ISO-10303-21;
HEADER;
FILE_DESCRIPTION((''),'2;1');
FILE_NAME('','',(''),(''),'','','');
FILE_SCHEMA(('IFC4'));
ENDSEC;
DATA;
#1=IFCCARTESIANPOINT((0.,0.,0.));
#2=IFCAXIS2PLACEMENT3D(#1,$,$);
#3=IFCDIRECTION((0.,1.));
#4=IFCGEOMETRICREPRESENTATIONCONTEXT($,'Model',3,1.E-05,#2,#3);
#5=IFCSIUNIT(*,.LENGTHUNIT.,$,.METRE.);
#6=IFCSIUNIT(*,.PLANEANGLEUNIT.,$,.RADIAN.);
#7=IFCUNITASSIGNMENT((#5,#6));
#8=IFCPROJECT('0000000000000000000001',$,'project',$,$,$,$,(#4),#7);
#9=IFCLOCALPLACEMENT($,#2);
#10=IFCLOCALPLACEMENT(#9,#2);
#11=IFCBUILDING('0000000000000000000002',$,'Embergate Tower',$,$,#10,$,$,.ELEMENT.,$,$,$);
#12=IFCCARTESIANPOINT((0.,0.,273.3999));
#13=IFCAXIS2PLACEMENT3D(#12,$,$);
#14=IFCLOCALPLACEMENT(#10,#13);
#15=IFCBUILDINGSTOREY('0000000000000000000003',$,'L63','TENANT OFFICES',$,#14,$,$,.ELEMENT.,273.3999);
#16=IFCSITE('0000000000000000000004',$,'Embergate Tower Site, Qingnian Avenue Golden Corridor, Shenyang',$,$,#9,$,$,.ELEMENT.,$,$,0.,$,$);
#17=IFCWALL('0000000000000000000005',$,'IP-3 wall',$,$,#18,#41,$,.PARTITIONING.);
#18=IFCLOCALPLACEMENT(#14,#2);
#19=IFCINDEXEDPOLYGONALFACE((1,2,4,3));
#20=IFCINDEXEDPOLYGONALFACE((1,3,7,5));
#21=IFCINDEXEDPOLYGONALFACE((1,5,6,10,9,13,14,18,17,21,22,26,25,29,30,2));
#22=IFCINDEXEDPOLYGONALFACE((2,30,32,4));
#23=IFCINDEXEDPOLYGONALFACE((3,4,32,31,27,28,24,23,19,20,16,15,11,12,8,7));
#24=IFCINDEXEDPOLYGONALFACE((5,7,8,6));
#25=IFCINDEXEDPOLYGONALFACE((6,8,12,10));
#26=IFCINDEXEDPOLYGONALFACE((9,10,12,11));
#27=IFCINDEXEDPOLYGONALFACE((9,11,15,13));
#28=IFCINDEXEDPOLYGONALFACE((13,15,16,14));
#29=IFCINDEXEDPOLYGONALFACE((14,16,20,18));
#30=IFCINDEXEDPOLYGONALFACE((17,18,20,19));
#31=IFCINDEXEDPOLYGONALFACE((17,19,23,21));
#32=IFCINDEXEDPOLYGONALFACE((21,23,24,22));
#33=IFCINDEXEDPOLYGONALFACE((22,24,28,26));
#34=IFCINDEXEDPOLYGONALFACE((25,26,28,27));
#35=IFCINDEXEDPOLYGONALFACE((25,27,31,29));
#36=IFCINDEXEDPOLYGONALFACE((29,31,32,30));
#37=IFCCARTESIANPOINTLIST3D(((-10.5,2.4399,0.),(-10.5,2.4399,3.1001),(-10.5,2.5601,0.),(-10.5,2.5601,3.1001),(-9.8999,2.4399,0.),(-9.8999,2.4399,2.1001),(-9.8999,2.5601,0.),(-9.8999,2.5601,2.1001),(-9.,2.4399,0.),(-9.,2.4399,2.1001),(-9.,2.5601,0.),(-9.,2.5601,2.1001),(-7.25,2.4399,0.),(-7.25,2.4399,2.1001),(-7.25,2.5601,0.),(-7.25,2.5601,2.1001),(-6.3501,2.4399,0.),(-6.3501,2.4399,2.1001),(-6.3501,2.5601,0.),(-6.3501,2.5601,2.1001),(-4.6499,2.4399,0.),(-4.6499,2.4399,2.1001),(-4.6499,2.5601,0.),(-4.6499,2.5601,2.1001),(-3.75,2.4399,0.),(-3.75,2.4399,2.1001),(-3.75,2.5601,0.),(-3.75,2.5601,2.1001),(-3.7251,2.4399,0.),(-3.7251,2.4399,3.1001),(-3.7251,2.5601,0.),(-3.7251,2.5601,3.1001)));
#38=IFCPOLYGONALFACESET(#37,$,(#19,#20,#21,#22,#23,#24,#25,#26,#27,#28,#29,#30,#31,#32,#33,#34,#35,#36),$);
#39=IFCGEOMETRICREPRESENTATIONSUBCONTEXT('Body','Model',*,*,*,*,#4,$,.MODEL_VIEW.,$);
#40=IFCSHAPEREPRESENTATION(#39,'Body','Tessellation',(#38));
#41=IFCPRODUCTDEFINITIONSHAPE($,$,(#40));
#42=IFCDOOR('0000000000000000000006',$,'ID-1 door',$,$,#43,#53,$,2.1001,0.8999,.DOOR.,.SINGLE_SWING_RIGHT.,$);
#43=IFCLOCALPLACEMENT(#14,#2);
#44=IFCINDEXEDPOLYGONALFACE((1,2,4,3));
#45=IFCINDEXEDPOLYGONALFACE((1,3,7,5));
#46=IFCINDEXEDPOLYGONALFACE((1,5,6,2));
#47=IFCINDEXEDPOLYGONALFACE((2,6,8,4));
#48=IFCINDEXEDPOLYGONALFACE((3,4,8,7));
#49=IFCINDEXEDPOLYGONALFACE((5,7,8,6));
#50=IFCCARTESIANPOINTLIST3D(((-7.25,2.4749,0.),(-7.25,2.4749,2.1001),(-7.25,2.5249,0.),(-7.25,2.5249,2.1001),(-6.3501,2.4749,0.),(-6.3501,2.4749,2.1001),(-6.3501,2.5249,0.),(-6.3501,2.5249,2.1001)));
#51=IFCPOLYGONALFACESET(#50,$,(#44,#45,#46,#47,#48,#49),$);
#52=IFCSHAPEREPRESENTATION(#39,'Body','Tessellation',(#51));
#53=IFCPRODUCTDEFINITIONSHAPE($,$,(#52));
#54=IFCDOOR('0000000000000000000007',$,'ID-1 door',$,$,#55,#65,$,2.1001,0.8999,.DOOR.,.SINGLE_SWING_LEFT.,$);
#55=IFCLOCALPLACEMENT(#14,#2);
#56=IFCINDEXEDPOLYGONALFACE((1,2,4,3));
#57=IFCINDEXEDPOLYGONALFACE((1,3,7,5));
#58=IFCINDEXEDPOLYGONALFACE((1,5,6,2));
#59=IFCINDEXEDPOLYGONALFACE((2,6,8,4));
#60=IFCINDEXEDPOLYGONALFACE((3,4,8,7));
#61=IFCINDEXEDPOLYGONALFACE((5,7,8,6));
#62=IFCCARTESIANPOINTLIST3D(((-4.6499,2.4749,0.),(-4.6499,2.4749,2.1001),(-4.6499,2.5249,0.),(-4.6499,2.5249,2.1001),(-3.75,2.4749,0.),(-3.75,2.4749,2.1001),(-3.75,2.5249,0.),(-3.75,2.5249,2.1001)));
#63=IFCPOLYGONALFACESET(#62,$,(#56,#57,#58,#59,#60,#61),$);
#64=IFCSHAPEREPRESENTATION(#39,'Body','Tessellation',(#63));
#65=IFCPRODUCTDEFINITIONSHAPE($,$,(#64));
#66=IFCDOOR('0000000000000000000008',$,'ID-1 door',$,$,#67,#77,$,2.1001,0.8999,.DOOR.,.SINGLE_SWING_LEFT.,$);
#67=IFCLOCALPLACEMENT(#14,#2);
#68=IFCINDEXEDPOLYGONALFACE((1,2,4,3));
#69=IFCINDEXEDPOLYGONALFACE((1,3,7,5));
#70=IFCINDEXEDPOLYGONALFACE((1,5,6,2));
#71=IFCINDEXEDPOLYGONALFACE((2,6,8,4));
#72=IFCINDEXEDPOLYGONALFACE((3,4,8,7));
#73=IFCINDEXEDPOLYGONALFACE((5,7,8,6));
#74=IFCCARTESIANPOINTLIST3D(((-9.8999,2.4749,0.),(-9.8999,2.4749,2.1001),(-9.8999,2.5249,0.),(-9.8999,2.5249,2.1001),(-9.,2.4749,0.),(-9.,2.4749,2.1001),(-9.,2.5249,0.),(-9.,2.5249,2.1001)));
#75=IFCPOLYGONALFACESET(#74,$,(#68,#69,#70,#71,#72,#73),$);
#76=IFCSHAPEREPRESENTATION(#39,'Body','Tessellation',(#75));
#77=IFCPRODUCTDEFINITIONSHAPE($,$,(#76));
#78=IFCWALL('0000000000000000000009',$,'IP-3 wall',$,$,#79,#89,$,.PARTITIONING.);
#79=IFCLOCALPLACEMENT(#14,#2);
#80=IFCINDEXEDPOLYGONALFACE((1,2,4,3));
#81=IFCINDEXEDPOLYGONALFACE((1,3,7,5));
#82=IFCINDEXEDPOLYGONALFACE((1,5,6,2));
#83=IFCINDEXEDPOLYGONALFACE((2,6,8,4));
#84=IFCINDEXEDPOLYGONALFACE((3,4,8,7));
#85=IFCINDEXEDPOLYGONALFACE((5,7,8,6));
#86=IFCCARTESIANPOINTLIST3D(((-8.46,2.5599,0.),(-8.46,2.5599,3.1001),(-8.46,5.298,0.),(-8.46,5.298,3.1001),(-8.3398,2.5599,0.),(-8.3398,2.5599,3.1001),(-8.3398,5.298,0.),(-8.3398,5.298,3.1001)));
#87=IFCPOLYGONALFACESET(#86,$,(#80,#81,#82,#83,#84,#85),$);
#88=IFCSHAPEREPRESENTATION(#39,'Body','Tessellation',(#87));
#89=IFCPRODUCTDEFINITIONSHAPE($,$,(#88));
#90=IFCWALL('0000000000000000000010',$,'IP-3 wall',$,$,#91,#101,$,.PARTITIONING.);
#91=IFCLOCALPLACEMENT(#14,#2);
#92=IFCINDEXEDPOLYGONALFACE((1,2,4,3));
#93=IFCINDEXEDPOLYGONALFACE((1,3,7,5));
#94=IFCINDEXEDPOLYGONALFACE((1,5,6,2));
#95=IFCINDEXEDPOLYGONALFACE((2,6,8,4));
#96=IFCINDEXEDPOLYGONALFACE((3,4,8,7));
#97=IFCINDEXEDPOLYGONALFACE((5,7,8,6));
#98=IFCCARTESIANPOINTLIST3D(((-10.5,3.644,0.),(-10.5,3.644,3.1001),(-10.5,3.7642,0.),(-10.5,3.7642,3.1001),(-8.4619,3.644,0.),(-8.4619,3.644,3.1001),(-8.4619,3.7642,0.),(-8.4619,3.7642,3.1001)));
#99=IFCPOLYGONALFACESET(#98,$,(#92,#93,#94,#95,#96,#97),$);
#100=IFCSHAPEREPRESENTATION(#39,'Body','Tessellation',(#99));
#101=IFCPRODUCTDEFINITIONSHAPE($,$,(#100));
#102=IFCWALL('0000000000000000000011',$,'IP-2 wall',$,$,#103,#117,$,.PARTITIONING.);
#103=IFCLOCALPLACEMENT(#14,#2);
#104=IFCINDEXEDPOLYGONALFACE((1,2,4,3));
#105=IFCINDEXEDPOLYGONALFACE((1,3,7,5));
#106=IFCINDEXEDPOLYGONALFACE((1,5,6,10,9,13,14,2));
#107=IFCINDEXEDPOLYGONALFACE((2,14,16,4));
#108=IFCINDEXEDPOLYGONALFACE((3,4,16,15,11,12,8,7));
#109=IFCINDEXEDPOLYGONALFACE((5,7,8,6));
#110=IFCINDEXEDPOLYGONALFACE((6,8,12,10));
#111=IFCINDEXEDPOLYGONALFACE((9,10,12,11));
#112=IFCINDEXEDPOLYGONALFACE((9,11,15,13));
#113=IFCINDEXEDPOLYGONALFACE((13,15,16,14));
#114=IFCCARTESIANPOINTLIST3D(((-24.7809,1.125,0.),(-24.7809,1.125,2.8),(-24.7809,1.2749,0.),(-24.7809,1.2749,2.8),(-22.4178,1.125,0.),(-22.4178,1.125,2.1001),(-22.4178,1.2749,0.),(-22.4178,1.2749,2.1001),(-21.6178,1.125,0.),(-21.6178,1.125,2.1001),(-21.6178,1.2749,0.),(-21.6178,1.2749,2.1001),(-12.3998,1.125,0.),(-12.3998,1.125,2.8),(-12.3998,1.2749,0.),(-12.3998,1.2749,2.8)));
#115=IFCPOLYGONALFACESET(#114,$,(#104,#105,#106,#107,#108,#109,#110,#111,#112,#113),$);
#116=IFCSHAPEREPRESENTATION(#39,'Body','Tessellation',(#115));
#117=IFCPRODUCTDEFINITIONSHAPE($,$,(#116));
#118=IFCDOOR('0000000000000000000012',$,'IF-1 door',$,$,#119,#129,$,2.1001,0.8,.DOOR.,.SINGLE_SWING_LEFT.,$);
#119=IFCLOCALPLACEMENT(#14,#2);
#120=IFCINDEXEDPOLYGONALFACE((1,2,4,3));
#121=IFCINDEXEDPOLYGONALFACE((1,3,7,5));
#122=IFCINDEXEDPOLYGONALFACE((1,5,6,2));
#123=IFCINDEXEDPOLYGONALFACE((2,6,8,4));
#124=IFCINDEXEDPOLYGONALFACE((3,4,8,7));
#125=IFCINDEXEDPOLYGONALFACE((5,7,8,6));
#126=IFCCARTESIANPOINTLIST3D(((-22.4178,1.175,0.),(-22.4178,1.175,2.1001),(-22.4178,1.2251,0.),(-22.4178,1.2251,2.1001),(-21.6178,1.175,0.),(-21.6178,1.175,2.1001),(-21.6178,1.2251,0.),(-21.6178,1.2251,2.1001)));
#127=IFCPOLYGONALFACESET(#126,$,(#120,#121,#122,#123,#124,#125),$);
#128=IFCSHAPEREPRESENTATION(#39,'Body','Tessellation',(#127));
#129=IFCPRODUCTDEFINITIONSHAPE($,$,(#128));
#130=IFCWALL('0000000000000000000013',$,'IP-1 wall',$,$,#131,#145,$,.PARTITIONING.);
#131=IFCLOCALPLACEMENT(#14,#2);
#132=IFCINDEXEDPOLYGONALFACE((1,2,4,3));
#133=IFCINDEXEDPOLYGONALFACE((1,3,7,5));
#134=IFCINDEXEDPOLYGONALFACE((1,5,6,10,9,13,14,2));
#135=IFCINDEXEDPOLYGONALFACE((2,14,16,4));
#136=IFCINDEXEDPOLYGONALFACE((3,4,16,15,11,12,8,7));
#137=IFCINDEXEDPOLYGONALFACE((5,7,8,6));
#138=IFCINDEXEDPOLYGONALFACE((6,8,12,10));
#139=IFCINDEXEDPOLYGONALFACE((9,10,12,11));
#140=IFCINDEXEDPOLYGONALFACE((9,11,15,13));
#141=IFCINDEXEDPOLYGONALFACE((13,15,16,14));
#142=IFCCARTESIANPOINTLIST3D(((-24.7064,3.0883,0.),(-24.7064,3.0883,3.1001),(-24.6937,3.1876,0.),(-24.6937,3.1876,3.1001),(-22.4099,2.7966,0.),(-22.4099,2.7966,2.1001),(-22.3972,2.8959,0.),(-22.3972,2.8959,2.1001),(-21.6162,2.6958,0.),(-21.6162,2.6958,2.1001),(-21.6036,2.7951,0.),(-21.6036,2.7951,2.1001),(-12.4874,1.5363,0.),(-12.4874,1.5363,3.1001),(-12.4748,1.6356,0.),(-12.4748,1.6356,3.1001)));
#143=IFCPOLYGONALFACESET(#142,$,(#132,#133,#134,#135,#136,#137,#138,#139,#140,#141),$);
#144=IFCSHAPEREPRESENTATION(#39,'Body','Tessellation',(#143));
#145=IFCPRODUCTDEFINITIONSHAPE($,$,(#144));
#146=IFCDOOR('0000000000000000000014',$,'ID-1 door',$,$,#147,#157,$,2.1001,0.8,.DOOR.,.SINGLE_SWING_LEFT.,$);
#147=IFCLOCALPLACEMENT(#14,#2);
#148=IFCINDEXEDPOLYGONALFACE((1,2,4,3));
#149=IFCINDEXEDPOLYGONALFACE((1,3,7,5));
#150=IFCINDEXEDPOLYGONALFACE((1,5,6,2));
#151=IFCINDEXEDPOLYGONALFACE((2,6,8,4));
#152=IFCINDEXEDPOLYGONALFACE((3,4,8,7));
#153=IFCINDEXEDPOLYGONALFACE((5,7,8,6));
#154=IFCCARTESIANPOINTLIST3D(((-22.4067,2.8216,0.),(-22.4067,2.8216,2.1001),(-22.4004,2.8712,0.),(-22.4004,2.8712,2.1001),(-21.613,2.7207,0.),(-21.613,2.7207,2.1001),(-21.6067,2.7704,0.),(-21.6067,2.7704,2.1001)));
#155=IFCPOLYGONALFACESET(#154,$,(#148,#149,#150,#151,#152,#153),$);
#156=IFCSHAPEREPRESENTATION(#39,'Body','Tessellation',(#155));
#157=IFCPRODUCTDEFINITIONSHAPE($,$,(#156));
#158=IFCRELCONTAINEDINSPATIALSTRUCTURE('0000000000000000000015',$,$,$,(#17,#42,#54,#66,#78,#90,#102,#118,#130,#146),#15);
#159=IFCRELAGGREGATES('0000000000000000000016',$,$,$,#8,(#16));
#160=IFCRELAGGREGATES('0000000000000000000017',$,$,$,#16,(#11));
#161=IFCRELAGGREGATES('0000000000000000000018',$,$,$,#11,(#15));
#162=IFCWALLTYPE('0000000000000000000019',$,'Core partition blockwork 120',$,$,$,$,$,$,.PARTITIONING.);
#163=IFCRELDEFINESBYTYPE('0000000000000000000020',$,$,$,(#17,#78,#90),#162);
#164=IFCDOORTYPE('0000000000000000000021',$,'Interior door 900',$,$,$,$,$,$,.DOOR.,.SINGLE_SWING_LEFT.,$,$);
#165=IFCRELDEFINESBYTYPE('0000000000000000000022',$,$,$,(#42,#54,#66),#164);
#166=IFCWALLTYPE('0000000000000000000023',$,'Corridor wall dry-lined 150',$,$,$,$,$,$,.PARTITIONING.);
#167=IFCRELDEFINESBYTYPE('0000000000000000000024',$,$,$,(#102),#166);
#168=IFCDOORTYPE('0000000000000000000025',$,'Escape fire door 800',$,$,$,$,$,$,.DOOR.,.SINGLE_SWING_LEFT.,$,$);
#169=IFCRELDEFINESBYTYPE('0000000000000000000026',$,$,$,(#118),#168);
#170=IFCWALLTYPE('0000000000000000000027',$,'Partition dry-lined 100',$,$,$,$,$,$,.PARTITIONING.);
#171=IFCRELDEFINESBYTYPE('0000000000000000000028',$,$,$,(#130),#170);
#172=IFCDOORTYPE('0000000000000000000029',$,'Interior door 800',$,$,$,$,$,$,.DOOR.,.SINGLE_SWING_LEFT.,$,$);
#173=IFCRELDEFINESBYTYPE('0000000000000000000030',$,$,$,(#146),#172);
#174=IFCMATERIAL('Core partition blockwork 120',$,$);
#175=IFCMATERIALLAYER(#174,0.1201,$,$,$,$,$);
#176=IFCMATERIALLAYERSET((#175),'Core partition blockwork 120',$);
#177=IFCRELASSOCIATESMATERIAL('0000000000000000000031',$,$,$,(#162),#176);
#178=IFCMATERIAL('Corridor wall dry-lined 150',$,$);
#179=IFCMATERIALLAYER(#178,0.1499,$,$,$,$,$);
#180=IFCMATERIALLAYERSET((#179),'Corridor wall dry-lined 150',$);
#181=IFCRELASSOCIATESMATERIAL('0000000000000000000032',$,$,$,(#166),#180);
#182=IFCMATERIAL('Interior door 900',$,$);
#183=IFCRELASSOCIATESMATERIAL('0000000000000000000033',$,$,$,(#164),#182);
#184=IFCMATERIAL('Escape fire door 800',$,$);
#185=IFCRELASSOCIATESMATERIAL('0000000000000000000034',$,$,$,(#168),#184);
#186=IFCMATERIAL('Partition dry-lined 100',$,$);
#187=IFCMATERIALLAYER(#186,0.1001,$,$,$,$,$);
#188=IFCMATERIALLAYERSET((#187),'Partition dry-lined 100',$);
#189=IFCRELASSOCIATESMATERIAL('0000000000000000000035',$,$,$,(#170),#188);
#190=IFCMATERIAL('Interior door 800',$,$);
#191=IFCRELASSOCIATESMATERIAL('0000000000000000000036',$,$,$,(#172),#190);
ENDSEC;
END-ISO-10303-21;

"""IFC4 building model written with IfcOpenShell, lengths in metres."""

from ifc_helpers import new_model, si_unit, direction, frame, frame_2d, origin, place, context, subcontext, project, spatial, rectangle, extrude, source, transform, mapped, material, layer, layer_set, type_object, element, fill, save


model = new_model("IFC4")

# Units and contexts
model_context = context("Model", 3, precision=1e-05, world=origin(), true_north=direction((0.0, 1.0)))
body_context = subcontext(model_context, "Body", "Model", "MODEL_VIEW")
ifc_project = project(units=[si_unit("LENGTHUNIT", "METRE"), si_unit("PLANEANGLEUNIT", "RADIAN")], contexts=[model_context])

# Site, building, storey
site_placement = place(None, origin())
site = spatial("IfcSite", under=ifc_project, at=site_placement, Name="Embergate Tower Site, Qingnian Avenue Golden Corridor, Shenyang", CompositionType="ELEMENT", RefElevation=0.0)
building_placement = place(site_placement, origin())
building = spatial("IfcBuilding", under=site, at=building_placement, Name="Embergate Tower", CompositionType="ELEMENT")
storey_placement = place(building_placement, frame((0.0, 0.0, 273.3999)))
storey = spatial("IfcBuildingStorey", under=building, at=storey_placement, Name="L63", Description="TENANT OFFICES", CompositionType="ELEMENT", Elevation=273.3999)

# Shared definitions
ifc_material_1 = material(Name="Core partition blockwork 120")
ifc_layer_1 = layer(ifc_material_1, 0.1201)
ifc_layer_set_1 = layer_set([ifc_layer_1], Name="Core partition blockwork 120")
wall_type_1 = type_object("IfcWallType", Name="Core partition blockwork 120", PredefinedType="PARTITIONING", material=ifc_layer_set_1)
ifc_material_2 = material(Name="Corridor wall dry-lined 150")
ifc_layer_2 = layer(ifc_material_2, 0.1499)
ifc_layer_set_2 = layer_set([ifc_layer_2], Name="Corridor wall dry-lined 150")
wall_type_2 = type_object("IfcWallType", Name="Corridor wall dry-lined 150", PredefinedType="PARTITIONING", material=ifc_layer_set_2)

# Wall, openings, doors
shared_shape_1 = source(origin(), body_context, "Body", "SweptSolid", [
    extrude(rectangle(XDim=6.7749, YDim=0.1201, at=frame_2d((3.3875, 0.0))), origin(), (0.0, 0.0, 1.0), 3.1001),
])
wall_1_placement = place(storey_placement, frame((-10.5, 2.5, 0.0), z_axis=(0.0, 0.0, 1.0), x_axis=(1.0, 0.0, 0.0)))
wall_1 = element("IfcWall", 1, at=wall_1_placement, inside=storey, type_object=wall_type_1, Name="IP-3 wall", PredefinedType="PARTITIONING", context=body_context, shape_type="MappedRepresentation", body=[
    mapped(shared_shape_1, transform((0.0, 0.0, 0.0))),
])
shared_shape_2 = source(origin(), body_context, "Body", "SweptSolid", [
    extrude(rectangle(XDim=0.8999, YDim=2.1001, at=frame_2d((0.45, 1.05))), frame((0.0, 0.0701, 0.0), z_axis=(0.0, -1.0, 0.0), x_axis=(1.0, 0.0, 0.0)), (0.0, 0.0, 1.0), 0.1401),
])
opening_1_placement = place(wall_1_placement, frame((3.25, 0.0, 0.0)))
opening_1 = element("IfcOpeningElement", 2, at=opening_1_placement, cuts=wall_1, PredefinedType="OPENING", context=body_context, shape_type="MappedRepresentation", body=[
    mapped(shared_shape_2, transform((0.0, 0.0, 0.0))),
])
opening_2_placement = place(wall_1_placement, frame((5.8501, 0.0, 0.0)))
opening_2 = element("IfcOpeningElement", 3, at=opening_2_placement, cuts=wall_1, PredefinedType="OPENING", context=body_context, shape_type="MappedRepresentation", body=[
    mapped(shared_shape_2, transform((0.0, 0.0, 0.0))),
])
opening_3_placement = place(wall_1_placement, frame((0.6001, 0.0, 0.0)))
opening_3 = element("IfcOpeningElement", 4, at=opening_3_placement, cuts=wall_1, PredefinedType="OPENING", context=body_context, shape_type="MappedRepresentation", body=[
    mapped(shared_shape_2, transform((0.0, 0.0, 0.0))),
])
ifc_material_3 = material(Name="Interior door 900")
door_type_1 = type_object("IfcDoorType", Name="Interior door 900", OperationType="SINGLE_SWING_LEFT", PredefinedType="DOOR", material=ifc_material_3)
shared_shape_3 = source(origin(), body_context, "Body", "SweptSolid", [
    extrude(rectangle(XDim=0.8999, YDim=2.1001, at=frame_2d((0.45, 1.05))), frame((0.0, 0.0249, 0.0), z_axis=(0.0, -1.0, 0.0), x_axis=(1.0, 0.0, 0.0)), (0.0, 0.0, 1.0), 0.05),
])
door_1_placement = place(opening_1_placement, origin())
door_1 = element("IfcDoor", 5, at=door_1_placement, inside=storey, type_object=door_type_1, Name="ID-1 door", OperationType="SINGLE_SWING_RIGHT", OverallHeight=2.1001, OverallWidth=0.8999, PredefinedType="DOOR", context=body_context, shape_type="MappedRepresentation", body=[
    mapped(shared_shape_3, transform((0.0, 0.0, 0.0))),
])
fill(opening_1, door_1)
door_2_placement = place(opening_2_placement, origin())
door_2 = element("IfcDoor", 6, at=door_2_placement, inside=storey, type_object=door_type_1, Name="ID-1 door", OperationType="SINGLE_SWING_LEFT", OverallHeight=2.1001, OverallWidth=0.8999, PredefinedType="DOOR", context=body_context, shape_type="MappedRepresentation", body=[
    mapped(shared_shape_3, transform((0.0, 0.0, 0.0))),
])
fill(opening_2, door_2)
door_3_placement = place(opening_3_placement, origin())
door_3 = element("IfcDoor", 7, at=door_3_placement, inside=storey, type_object=door_type_1, Name="ID-1 door", OperationType="SINGLE_SWING_LEFT", OverallHeight=2.1001, OverallWidth=0.8999, PredefinedType="DOOR", context=body_context, shape_type="MappedRepresentation", body=[
    mapped(shared_shape_3, transform((0.0, 0.0, 0.0))),
])
fill(opening_3, door_3)

# Walls
shared_shape_4 = source(origin(), body_context, "Body", "SweptSolid", [
    extrude(rectangle(XDim=2.738, YDim=0.1201, at=frame_2d((1.3691, 0.0))), origin(), (0.0, 0.0, 1.0), 3.1001),
])
wall_2_placement = place(storey_placement, frame((-8.3999, 5.2981, 0.0), z_axis=(0.0, 0.0, 1.0), x_axis=(0.0, -1.0, 0.0)))
element("IfcWall", 8, at=wall_2_placement, inside=storey, type_object=wall_type_1, Name="IP-3 wall", PredefinedType="PARTITIONING", context=body_context, shape_type="MappedRepresentation", body=[
    mapped(shared_shape_4, transform((0.0, 0.0, 0.0))),
])
shared_shape_5 = source(origin(), body_context, "Body", "SweptSolid", [
    extrude(rectangle(XDim=2.0381, YDim=0.1201, at=frame_2d((1.019, 0.0))), origin(), (0.0, 0.0, 1.0), 3.1001),
])
wall_3_placement = place(storey_placement, frame((-8.4619, 3.7041, 0.0), z_axis=(0.0, 0.0, 1.0), x_axis=(-1.0, 0.0, 0.0)))
element("IfcWall", 9, at=wall_3_placement, inside=storey, type_object=wall_type_1, Name="IP-3 wall", PredefinedType="PARTITIONING", context=body_context, shape_type="MappedRepresentation", body=[
    mapped(shared_shape_5, transform((0.0, 0.0, 0.0))),
])

# Walls, openings, doors
shared_shape_6 = source(origin(), body_context, "Body", "SweptSolid", [
    extrude(rectangle(XDim=12.3811, YDim=0.1499, at=frame_2d((6.1904, 0.0))), origin(), (0.0, 0.0, 1.0), 2.8),
])
wall_4_placement = place(storey_placement, frame((-12.3999, 1.2, 0.0), z_axis=(0.0, 0.0, 1.0), x_axis=(-1.0, 0.0, 0.0)))
wall_4 = element("IfcWall", 10, at=wall_4_placement, inside=storey, type_object=wall_type_2, Name="IP-2 wall", PredefinedType="PARTITIONING", context=body_context, shape_type="MappedRepresentation", body=[
    mapped(shared_shape_6, transform((0.0, 0.0, 0.0))),
])
shared_shape_7 = source(origin(), body_context, "Body", "SweptSolid", [
    extrude(rectangle(XDim=0.8, YDim=2.1001, at=frame_2d((0.3999, 1.05))), frame((0.0, 0.085, 0.0), z_axis=(0.0, -1.0, 0.0), x_axis=(1.0, 0.0, 0.0)), (0.0, 0.0, 1.0), 0.1699),
])
opening_4_placement = place(wall_4_placement, frame((9.218, 0.0, 0.0)))
opening_4 = element("IfcOpeningElement", 11, at=opening_4_placement, cuts=wall_4, PredefinedType="OPENING", context=body_context, shape_type="MappedRepresentation", body=[
    mapped(shared_shape_7, transform((0.0, 0.0, 0.0))),
])
ifc_material_4 = material(Name="Escape fire door 800")
door_type_2 = type_object("IfcDoorType", Name="Escape fire door 800", OperationType="SINGLE_SWING_LEFT", PredefinedType="DOOR", material=ifc_material_4)
shared_shape_8 = source(origin(), body_context, "Body", "SweptSolid", [
    extrude(rectangle(XDim=0.8, YDim=2.1001, at=frame_2d((0.3999, 1.05))), frame((0.0, 0.0249, 0.0), z_axis=(0.0, -1.0, 0.0), x_axis=(1.0, 0.0, 0.0)), (0.0, 0.0, 1.0), 0.05),
])
door_4_placement = place(opening_4_placement, origin())
door_4 = element("IfcDoor", 12, at=door_4_placement, inside=storey, type_object=door_type_2, Name="IF-1 door", OperationType="SINGLE_SWING_LEFT", OverallHeight=2.1001, OverallWidth=0.8, PredefinedType="DOOR", context=body_context, shape_type="MappedRepresentation", body=[
    mapped(shared_shape_8, transform((0.0, 0.0, 0.0))),
])
fill(opening_4, door_4)
ifc_material_5 = material(Name="Partition dry-lined 100")
ifc_layer_3 = layer(ifc_material_5, 0.1001)
ifc_layer_set_3 = layer_set([ifc_layer_3], Name="Partition dry-lined 100")
wall_type_3 = type_object("IfcWallType", Name="Partition dry-lined 100", PredefinedType="PARTITIONING", material=ifc_layer_set_3)
shared_shape_9 = source(origin(), body_context, "Body", "SweptSolid", [
    extrude(rectangle(XDim=12.3171, YDim=0.1001, at=frame_2d((6.1587, 0.0))), origin(), (0.0, 0.0, 1.0), 3.1001),
])
wall_5_placement = place(storey_placement, frame((-12.481, 1.5859, 0.0), z_axis=(0.0, 0.0, 1.0), x_axis=(-0.99203, 0.126003, 0.0)))
wall_5 = element("IfcWall", 13, at=wall_5_placement, inside=storey, type_object=wall_type_3, Name="IP-1 wall", PredefinedType="PARTITIONING", context=body_context, shape_type="MappedRepresentation", body=[
    mapped(shared_shape_9, transform((0.0, 0.0, 0.0))),
])
shared_shape_10 = source(origin(), body_context, "Body", "SweptSolid", [
    extrude(rectangle(XDim=0.8, YDim=2.1001, at=frame_2d((0.3999, 1.05))), frame((0.0, 0.0601, 0.0), z_axis=(0.0, -1.0, 0.0), x_axis=(1.0, 0.0, 0.0)), (0.0, 0.0, 1.0), 0.1201),
])
opening_5_placement = place(wall_5_placement, frame((9.2024, 0.0, 0.0)))
opening_5 = element("IfcOpeningElement", 14, at=opening_5_placement, cuts=wall_5, PredefinedType="OPENING", context=body_context, shape_type="MappedRepresentation", body=[
    mapped(shared_shape_10, transform((0.0, 0.0, 0.0))),
])
ifc_material_6 = material(Name="Interior door 800")
door_type_3 = type_object("IfcDoorType", Name="Interior door 800", OperationType="SINGLE_SWING_LEFT", PredefinedType="DOOR", material=ifc_material_6)
door_5_placement = place(opening_5_placement, origin())
door_5 = element("IfcDoor", 15, at=door_5_placement, inside=storey, type_object=door_type_3, Name="ID-1 door", OperationType="SINGLE_SWING_LEFT", OverallHeight=2.1001, OverallWidth=0.8, PredefinedType="DOOR", context=body_context, shape_type="MappedRepresentation", body=[
    mapped(shared_shape_8, transform((0.0, 0.0, 0.0))),
])
fill(opening_5, door_5)

save(model, "model.ifc")
